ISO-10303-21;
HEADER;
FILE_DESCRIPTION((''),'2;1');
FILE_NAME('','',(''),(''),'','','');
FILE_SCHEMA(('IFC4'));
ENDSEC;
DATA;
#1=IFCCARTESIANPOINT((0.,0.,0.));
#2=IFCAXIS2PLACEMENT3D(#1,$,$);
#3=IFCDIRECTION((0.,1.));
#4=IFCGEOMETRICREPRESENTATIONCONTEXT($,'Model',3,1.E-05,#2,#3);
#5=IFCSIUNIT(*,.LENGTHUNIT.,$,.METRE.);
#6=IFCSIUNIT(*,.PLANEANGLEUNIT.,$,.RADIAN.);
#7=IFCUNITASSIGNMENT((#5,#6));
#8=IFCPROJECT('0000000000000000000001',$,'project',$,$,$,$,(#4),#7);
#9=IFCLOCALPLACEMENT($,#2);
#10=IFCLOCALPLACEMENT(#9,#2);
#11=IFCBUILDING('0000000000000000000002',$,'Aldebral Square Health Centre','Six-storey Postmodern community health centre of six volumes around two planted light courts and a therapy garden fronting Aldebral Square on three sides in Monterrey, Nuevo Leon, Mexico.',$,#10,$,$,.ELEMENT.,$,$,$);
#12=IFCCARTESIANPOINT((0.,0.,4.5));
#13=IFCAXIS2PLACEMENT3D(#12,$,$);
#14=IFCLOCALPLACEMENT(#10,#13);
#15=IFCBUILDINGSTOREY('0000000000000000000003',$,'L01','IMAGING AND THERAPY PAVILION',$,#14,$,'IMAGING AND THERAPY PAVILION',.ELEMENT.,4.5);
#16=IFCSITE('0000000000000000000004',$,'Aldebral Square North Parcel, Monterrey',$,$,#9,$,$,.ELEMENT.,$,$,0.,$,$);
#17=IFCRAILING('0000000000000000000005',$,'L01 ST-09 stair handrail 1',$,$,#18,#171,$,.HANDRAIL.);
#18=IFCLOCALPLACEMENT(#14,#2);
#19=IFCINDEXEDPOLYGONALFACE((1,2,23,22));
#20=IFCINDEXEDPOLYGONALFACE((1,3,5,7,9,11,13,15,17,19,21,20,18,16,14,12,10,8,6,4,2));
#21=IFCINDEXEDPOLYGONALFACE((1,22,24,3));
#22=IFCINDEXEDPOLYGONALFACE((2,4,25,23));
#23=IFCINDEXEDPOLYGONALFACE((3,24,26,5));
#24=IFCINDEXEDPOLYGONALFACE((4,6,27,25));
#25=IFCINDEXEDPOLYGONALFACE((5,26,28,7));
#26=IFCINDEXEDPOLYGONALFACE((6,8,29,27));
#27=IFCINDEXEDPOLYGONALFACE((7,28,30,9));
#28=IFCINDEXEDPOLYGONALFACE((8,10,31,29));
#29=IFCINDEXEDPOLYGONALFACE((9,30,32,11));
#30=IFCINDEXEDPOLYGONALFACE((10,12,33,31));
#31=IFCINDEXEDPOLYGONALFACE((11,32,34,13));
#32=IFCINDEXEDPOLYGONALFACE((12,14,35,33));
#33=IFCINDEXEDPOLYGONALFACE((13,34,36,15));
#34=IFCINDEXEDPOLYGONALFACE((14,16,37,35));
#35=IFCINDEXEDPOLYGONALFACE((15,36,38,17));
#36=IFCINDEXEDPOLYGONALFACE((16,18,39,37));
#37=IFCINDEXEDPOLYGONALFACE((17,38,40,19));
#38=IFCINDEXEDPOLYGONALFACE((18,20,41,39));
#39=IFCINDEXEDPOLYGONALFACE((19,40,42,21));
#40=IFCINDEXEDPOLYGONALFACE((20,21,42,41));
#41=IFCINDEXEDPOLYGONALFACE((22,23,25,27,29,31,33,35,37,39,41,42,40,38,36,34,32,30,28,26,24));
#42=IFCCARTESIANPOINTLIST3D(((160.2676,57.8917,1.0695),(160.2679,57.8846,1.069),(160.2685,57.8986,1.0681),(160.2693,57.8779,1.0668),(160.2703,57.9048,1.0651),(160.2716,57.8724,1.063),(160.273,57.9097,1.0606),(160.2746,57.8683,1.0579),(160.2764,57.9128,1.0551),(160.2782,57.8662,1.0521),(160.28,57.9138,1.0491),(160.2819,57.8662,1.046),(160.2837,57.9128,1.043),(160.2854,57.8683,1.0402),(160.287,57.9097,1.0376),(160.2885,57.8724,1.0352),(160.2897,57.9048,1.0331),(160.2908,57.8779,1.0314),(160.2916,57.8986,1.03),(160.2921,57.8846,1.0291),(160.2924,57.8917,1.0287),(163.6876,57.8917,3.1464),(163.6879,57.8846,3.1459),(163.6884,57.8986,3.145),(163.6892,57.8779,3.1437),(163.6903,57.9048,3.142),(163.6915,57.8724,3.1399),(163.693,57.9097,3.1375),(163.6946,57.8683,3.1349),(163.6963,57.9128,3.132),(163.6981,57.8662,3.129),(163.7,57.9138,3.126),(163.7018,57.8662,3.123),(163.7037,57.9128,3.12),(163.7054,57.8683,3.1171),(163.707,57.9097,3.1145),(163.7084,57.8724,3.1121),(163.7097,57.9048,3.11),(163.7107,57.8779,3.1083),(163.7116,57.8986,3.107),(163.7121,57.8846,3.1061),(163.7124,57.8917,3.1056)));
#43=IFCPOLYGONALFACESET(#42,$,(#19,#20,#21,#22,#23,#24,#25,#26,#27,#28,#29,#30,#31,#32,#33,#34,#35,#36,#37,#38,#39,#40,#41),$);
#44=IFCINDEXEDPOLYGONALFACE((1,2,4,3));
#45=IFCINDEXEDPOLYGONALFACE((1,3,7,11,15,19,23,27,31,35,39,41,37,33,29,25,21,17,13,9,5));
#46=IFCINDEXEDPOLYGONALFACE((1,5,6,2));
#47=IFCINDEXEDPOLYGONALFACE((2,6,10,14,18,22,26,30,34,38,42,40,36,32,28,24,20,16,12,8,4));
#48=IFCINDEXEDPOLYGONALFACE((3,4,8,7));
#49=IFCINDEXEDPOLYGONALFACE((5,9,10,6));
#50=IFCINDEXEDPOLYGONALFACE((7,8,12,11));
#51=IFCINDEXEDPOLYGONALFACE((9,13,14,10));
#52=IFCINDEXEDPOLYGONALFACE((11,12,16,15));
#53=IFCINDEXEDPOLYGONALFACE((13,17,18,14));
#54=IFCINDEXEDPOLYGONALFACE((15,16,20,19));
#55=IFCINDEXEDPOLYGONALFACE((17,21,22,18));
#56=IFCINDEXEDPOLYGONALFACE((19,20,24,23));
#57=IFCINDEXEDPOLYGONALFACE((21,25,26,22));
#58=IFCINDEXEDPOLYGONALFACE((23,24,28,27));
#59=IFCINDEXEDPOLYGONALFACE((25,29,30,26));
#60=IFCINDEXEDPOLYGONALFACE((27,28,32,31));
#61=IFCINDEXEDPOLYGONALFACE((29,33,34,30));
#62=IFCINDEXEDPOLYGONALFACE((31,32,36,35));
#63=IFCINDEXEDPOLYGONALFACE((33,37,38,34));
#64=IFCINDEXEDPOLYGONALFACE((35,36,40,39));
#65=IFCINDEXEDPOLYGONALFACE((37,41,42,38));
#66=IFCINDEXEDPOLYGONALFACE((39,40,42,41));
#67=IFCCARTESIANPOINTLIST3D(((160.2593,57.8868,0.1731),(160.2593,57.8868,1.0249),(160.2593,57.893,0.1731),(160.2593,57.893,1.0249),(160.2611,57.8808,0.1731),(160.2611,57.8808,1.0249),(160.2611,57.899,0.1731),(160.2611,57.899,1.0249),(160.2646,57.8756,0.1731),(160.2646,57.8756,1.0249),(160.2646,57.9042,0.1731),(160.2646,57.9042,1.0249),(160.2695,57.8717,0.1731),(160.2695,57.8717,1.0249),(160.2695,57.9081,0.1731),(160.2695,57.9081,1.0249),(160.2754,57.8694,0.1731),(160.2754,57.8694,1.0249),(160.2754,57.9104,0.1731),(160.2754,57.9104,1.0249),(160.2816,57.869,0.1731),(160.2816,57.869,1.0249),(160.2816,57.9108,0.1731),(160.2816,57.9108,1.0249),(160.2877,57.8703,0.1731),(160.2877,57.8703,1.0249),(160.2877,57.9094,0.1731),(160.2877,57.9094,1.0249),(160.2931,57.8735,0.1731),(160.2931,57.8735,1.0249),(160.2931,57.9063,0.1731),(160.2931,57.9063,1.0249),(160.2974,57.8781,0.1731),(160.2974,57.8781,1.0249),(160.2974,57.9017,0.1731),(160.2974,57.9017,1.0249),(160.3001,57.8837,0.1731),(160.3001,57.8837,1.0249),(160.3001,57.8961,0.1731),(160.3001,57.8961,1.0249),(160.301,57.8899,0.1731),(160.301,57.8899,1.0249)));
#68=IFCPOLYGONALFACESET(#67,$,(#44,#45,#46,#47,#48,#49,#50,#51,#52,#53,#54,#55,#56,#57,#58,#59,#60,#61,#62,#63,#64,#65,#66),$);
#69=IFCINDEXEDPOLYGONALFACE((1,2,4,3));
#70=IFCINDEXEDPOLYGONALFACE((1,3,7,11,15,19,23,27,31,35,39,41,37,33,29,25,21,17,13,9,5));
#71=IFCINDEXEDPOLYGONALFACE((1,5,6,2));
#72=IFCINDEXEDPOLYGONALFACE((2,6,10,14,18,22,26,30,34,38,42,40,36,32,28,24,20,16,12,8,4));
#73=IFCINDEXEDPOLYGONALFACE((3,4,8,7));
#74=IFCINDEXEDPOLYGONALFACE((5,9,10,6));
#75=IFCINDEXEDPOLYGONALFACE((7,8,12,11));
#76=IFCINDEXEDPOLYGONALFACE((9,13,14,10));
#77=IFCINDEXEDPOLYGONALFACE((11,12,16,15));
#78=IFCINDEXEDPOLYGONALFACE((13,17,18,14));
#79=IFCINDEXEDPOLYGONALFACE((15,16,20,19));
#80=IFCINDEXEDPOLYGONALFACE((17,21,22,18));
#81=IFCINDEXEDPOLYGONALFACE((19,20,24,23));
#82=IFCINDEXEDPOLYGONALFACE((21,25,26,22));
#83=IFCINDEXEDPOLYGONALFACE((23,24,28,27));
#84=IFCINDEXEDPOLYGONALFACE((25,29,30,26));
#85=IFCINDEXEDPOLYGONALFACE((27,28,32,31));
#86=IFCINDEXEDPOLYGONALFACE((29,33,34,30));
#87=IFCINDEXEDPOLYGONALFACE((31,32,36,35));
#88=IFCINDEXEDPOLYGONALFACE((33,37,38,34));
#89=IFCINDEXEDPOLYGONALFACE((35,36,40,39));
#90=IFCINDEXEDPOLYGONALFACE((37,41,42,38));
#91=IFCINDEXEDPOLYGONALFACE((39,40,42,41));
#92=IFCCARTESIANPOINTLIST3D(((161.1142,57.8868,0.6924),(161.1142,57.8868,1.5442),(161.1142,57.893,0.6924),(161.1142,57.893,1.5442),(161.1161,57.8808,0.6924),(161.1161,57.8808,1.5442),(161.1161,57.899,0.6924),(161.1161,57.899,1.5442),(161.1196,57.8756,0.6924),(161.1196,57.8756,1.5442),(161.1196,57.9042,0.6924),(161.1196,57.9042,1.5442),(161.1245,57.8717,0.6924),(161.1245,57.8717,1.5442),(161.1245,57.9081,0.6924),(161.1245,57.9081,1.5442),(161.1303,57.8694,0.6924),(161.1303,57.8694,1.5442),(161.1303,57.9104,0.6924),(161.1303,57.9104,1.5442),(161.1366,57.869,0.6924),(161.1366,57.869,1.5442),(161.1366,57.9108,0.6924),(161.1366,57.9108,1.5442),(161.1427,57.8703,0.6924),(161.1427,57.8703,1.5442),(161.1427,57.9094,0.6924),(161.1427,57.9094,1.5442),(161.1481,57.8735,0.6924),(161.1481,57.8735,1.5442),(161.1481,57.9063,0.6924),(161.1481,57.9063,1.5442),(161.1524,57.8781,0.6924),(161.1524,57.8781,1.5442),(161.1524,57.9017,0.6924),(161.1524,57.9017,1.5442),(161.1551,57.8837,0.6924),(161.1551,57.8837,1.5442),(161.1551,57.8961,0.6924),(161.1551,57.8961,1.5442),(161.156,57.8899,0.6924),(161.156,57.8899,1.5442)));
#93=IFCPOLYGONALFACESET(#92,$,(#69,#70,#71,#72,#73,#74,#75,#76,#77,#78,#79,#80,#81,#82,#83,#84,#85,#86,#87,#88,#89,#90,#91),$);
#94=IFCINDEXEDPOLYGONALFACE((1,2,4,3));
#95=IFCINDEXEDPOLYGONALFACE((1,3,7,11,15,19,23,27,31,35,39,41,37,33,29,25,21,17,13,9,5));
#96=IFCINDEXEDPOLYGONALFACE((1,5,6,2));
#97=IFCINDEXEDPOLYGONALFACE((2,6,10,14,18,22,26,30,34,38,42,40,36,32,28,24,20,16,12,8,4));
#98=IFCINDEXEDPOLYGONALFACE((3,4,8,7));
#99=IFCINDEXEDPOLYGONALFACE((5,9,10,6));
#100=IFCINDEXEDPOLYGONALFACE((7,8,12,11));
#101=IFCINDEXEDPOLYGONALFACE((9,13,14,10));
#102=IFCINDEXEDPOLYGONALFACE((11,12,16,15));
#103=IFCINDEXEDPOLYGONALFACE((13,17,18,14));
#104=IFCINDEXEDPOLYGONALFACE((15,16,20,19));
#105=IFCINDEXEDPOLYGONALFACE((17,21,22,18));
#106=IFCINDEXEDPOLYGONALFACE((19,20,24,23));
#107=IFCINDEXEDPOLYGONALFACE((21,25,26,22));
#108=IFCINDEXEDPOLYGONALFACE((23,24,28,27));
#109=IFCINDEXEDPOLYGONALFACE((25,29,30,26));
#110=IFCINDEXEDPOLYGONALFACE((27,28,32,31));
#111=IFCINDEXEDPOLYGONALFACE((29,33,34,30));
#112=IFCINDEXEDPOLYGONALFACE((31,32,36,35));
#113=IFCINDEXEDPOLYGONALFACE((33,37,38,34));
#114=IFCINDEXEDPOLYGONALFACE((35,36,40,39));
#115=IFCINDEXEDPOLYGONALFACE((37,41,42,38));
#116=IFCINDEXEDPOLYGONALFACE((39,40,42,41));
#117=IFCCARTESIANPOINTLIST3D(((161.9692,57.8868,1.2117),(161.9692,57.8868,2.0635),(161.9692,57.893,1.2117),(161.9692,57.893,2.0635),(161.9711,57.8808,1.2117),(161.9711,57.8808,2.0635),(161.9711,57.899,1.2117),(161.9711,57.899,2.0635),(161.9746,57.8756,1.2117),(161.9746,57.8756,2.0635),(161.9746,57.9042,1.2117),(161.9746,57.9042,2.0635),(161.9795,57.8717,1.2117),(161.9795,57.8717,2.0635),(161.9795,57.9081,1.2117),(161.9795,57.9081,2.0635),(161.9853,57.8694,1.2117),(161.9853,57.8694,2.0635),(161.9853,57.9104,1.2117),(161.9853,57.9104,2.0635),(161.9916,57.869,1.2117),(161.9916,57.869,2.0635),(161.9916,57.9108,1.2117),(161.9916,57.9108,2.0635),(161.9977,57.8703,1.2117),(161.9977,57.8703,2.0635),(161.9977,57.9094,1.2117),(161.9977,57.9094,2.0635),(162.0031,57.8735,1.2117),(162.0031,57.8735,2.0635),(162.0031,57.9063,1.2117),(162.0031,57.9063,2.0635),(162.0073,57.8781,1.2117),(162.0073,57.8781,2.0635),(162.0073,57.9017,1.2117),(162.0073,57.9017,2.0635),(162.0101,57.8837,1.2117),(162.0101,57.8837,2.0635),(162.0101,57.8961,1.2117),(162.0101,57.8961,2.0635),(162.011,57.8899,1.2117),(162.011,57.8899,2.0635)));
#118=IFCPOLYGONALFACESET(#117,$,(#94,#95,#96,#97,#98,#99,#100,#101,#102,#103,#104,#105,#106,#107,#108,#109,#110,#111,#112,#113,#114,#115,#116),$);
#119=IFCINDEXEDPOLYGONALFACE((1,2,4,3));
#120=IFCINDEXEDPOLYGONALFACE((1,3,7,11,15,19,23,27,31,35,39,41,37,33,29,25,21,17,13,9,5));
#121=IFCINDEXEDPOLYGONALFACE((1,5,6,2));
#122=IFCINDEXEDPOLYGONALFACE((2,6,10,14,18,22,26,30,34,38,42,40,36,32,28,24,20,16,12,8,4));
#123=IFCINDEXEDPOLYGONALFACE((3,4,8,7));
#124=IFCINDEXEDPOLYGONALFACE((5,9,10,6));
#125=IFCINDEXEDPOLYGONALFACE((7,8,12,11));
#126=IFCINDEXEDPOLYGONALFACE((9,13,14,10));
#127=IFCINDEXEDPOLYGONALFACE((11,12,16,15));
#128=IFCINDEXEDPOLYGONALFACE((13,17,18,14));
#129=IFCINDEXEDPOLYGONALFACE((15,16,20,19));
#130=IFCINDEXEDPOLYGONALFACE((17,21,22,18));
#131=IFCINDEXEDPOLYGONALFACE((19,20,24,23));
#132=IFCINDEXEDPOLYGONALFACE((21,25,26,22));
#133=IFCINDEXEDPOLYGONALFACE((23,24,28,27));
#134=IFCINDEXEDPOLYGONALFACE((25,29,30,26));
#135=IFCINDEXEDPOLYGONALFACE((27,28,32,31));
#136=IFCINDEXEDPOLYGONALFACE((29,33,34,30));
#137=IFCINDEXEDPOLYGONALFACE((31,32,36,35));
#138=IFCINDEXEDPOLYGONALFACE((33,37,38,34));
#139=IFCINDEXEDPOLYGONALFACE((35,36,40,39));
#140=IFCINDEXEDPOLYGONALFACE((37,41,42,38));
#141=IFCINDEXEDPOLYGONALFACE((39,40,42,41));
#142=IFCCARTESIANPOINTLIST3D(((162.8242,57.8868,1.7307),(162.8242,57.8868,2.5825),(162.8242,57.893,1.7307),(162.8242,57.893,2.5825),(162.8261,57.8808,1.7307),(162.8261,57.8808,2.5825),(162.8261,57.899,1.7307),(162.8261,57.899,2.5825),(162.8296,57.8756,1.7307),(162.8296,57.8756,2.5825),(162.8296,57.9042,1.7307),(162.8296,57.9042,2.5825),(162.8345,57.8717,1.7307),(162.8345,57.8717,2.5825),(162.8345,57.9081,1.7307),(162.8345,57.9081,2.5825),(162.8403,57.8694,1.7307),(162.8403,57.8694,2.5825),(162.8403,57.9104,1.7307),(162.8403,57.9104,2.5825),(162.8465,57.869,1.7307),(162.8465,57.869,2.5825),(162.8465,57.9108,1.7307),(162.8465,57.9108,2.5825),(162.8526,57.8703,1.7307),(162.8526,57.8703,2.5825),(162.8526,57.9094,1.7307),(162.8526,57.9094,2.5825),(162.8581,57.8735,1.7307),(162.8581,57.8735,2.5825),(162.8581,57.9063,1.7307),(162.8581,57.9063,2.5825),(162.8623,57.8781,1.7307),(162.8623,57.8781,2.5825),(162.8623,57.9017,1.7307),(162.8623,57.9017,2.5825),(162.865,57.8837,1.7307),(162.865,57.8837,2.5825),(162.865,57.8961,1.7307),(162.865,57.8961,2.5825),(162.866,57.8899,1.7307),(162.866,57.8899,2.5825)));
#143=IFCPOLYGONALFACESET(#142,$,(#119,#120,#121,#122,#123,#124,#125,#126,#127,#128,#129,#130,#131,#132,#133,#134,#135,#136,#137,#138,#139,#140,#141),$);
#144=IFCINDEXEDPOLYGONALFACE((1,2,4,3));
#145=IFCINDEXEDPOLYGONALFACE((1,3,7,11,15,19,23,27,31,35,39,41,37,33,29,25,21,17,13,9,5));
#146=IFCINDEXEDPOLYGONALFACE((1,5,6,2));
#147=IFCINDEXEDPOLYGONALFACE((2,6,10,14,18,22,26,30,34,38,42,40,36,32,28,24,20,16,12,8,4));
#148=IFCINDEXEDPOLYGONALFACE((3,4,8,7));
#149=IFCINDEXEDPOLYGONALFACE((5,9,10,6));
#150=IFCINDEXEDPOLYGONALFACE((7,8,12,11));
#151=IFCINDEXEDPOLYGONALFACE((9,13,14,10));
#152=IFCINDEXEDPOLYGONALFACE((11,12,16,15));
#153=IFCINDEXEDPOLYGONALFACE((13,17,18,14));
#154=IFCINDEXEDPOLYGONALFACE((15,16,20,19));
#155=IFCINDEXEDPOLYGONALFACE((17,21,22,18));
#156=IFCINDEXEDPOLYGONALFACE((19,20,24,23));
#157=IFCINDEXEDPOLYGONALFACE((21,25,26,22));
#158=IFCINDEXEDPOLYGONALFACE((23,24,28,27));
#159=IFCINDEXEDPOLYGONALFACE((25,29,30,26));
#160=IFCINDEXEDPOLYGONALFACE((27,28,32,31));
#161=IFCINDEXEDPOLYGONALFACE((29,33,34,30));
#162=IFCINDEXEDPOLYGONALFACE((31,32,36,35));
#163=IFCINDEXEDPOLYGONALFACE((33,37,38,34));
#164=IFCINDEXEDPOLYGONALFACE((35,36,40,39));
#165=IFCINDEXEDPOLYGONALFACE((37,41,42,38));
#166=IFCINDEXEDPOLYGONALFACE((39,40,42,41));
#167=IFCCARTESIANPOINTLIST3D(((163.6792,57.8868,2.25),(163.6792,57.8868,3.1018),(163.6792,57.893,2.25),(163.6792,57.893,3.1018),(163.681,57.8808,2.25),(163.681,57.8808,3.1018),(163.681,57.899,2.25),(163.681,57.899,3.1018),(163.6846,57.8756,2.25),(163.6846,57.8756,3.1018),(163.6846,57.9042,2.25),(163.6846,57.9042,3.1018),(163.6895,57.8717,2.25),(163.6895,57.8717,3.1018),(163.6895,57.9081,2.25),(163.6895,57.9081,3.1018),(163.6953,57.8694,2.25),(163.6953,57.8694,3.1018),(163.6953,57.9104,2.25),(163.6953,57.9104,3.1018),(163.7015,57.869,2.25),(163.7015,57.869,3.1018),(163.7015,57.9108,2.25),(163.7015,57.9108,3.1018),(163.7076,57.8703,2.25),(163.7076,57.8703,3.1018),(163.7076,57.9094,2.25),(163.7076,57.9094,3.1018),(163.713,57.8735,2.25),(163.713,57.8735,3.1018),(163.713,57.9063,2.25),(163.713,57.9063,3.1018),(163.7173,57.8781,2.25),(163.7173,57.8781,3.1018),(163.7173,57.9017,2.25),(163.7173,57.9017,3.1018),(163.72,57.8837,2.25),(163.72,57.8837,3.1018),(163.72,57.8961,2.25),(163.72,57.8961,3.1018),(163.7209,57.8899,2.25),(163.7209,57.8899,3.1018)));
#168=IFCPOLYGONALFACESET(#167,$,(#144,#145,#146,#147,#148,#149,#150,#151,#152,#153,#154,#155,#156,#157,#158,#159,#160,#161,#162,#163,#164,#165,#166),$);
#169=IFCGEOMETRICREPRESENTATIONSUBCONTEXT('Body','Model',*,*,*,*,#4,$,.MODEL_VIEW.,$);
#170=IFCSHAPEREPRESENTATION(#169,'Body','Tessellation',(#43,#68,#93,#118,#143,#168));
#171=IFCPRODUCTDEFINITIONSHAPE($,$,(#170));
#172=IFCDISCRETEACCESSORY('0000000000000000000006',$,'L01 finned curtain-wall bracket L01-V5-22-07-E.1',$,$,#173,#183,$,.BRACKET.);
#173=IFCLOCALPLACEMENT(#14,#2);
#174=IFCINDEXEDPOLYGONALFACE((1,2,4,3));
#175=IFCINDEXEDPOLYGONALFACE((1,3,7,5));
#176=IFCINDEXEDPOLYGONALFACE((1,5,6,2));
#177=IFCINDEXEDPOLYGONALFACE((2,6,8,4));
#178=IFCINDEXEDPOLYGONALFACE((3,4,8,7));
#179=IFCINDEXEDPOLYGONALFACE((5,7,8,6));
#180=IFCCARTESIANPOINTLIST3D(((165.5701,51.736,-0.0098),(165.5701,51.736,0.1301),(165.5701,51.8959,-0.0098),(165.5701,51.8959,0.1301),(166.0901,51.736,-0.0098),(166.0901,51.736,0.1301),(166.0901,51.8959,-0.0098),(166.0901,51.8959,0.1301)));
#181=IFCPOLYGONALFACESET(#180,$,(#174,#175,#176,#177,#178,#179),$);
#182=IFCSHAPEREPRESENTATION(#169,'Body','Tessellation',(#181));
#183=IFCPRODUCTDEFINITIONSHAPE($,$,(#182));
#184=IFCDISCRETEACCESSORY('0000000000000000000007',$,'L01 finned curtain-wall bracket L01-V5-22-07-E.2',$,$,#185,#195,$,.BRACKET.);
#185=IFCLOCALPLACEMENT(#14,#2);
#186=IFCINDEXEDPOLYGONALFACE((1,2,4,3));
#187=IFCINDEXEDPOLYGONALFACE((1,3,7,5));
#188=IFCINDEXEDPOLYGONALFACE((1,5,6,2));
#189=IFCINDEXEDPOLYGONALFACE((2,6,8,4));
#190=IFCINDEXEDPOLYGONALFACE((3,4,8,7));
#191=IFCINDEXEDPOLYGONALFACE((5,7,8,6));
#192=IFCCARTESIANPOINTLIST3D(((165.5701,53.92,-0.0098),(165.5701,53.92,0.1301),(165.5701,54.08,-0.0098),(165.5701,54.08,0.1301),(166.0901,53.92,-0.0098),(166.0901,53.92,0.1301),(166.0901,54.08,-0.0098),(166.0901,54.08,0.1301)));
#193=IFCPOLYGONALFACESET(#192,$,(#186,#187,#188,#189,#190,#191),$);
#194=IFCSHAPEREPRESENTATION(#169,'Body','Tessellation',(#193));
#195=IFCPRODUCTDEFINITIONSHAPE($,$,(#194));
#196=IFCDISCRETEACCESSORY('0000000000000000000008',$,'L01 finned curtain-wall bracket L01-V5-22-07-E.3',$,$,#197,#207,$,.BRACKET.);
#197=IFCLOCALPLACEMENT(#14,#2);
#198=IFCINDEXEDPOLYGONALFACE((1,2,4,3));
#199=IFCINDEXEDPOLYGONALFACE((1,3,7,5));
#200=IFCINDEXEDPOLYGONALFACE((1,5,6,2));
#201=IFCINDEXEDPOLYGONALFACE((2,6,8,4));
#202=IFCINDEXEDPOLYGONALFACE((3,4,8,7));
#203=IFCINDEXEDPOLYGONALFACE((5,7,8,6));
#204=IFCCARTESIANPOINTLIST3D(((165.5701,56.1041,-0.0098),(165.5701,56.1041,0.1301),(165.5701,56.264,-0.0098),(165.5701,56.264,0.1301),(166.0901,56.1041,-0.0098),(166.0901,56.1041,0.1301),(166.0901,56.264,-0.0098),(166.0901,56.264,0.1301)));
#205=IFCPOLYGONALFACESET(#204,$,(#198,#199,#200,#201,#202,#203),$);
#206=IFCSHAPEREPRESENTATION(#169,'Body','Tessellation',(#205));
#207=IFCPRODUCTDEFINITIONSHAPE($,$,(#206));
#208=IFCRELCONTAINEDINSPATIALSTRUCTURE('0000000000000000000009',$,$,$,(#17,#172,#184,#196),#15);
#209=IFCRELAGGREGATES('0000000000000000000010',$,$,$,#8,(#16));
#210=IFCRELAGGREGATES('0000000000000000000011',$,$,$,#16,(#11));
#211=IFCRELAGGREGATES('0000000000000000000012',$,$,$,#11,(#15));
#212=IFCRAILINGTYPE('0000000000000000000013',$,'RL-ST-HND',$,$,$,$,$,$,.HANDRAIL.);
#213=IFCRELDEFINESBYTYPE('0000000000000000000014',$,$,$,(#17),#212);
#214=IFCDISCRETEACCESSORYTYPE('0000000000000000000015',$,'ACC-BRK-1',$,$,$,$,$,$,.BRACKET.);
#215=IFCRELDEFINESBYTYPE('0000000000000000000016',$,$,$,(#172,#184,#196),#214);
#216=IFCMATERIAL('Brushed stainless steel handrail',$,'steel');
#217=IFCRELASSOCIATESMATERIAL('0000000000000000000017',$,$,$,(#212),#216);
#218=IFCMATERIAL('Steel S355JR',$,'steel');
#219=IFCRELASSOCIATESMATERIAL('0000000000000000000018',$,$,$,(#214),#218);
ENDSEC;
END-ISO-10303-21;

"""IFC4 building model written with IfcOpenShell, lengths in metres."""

from ifc_helpers import new_model, si_unit, direction, frame, origin, origin_2d, place, context, subcontext, project, spatial, rectangle, circle, extrude, material, type_object, element, save


model = new_model("IFC4")

# Units and contexts
model_context = context("Model", 3, precision=1e-05, world=origin(), true_north=direction((0.0, 1.0)))
body_context = subcontext(model_context, "Body", "Model", "MODEL_VIEW")
ifc_project = project(units=[si_unit("LENGTHUNIT", "METRE"), si_unit("PLANEANGLEUNIT", "RADIAN")], contexts=[model_context])

# Site, building, storey
site_placement = place(None, origin())
site = spatial("IfcSite", under=ifc_project, at=site_placement, Name="Aldebral Square North Parcel, Monterrey", CompositionType="ELEMENT", RefElevation=0.0)
building_placement = place(site_placement, origin())
building = spatial("IfcBuilding", under=site, at=building_placement, Name="Aldebral Square Health Centre", Description="Six-storey Postmodern community health centre of six volumes around two planted light courts and a therapy garden fronting Aldebral Square on three sides in Monterrey, Nuevo Leon, Mexico.", CompositionType="ELEMENT")
storey_placement = place(building_placement, frame((0.0, 0.0, 4.5)))
storey = spatial("IfcBuildingStorey", under=building, at=storey_placement, Name="L01", Description="IMAGING AND THERAPY PAVILION", LongName="IMAGING AND THERAPY PAVILION", CompositionType="ELEMENT", Elevation=4.5)

# Railing
ifc_material_1 = material(Name="Brushed stainless steel handrail", Category="steel")
railing_type_1 = type_object("IfcRailingType", Name="RL-ST-HND", PredefinedType="HANDRAIL", material=ifc_material_1)
railing_1_placement = place(storey_placement, frame((160.28, 57.8899, 0.1731)))
element("IfcRailing", 1, at=railing_1_placement, inside=storey, type_object=railing_type_1, Name="L01 ST-09 stair handrail 1", PredefinedType="HANDRAIL", context=body_context, shape_type="SweptSolid", body=[
    extrude(circle(Radius=0.0239, at=origin_2d()), frame((0.0, 0.0, 0.876), z_axis=(0.85473, 0.0, 0.519074), x_axis=(0.0, 1.0, 0.0)), (0.0, 0.0, 1.0), 4.0012),
    extrude(circle(Radius=0.021, at=origin_2d()), origin(), (0.0, 0.0, 1.0), 0.8518),
    extrude(circle(Radius=0.021, at=origin_2d()), frame((0.855, 0.0, 0.5193)), (0.0, 0.0, 1.0), 0.8518),
    extrude(circle(Radius=0.021, at=origin_2d()), frame((1.71, 0.0, 1.0386)), (0.0, 0.0, 1.0), 0.8518),
    extrude(circle(Radius=0.021, at=origin_2d()), frame((2.5649, 0.0, 1.5576)), (0.0, 0.0, 1.0), 0.8518),
    extrude(circle(Radius=0.021, at=origin_2d()), frame((3.4199, 0.0, 2.0769)), (0.0, 0.0, 1.0), 0.8518),
])

# Discrete accessories
ifc_material_2 = material(Name="Steel S355JR", Category="steel")
discrete_accessory_type = type_object("IfcDiscreteAccessoryType", Name="ACC-BRK-1", PredefinedType="BRACKET", material=ifc_material_2)
for number, where, z_axis, x_axis, name in (
    (2, (165.8301, 51.8159, -0.0098), (0.0, 0.0, 1.0), (0.0, 1.0, 0.0), "L01 finned curtain-wall bracket L01-V5-22-07-E.1"),
    (3, (165.8301, 54.0, -0.0098), (0.0, 0.0, 1.0), (0.0, 1.0, 0.0), "L01 finned curtain-wall bracket L01-V5-22-07-E.2"),
    (4, (165.8301, 56.1841, -0.0098), (0.0, 0.0, 1.0), (0.0, 1.0, 0.0), "L01 finned curtain-wall bracket L01-V5-22-07-E.3"),
):
    element("IfcDiscreteAccessory", number, at=place(storey_placement, frame(where, z_axis=z_axis, x_axis=x_axis)), inside=storey, type_object=discrete_accessory_type, Name=name, PredefinedType="BRACKET", context=body_context, shape_type="SweptSolid", body=[
        extrude(rectangle(XDim=0.1599, YDim=0.52, at=origin_2d()), origin(), (0.0, 0.0, 1.0), 0.1399),
    ])

save(model, "model.ifc")
